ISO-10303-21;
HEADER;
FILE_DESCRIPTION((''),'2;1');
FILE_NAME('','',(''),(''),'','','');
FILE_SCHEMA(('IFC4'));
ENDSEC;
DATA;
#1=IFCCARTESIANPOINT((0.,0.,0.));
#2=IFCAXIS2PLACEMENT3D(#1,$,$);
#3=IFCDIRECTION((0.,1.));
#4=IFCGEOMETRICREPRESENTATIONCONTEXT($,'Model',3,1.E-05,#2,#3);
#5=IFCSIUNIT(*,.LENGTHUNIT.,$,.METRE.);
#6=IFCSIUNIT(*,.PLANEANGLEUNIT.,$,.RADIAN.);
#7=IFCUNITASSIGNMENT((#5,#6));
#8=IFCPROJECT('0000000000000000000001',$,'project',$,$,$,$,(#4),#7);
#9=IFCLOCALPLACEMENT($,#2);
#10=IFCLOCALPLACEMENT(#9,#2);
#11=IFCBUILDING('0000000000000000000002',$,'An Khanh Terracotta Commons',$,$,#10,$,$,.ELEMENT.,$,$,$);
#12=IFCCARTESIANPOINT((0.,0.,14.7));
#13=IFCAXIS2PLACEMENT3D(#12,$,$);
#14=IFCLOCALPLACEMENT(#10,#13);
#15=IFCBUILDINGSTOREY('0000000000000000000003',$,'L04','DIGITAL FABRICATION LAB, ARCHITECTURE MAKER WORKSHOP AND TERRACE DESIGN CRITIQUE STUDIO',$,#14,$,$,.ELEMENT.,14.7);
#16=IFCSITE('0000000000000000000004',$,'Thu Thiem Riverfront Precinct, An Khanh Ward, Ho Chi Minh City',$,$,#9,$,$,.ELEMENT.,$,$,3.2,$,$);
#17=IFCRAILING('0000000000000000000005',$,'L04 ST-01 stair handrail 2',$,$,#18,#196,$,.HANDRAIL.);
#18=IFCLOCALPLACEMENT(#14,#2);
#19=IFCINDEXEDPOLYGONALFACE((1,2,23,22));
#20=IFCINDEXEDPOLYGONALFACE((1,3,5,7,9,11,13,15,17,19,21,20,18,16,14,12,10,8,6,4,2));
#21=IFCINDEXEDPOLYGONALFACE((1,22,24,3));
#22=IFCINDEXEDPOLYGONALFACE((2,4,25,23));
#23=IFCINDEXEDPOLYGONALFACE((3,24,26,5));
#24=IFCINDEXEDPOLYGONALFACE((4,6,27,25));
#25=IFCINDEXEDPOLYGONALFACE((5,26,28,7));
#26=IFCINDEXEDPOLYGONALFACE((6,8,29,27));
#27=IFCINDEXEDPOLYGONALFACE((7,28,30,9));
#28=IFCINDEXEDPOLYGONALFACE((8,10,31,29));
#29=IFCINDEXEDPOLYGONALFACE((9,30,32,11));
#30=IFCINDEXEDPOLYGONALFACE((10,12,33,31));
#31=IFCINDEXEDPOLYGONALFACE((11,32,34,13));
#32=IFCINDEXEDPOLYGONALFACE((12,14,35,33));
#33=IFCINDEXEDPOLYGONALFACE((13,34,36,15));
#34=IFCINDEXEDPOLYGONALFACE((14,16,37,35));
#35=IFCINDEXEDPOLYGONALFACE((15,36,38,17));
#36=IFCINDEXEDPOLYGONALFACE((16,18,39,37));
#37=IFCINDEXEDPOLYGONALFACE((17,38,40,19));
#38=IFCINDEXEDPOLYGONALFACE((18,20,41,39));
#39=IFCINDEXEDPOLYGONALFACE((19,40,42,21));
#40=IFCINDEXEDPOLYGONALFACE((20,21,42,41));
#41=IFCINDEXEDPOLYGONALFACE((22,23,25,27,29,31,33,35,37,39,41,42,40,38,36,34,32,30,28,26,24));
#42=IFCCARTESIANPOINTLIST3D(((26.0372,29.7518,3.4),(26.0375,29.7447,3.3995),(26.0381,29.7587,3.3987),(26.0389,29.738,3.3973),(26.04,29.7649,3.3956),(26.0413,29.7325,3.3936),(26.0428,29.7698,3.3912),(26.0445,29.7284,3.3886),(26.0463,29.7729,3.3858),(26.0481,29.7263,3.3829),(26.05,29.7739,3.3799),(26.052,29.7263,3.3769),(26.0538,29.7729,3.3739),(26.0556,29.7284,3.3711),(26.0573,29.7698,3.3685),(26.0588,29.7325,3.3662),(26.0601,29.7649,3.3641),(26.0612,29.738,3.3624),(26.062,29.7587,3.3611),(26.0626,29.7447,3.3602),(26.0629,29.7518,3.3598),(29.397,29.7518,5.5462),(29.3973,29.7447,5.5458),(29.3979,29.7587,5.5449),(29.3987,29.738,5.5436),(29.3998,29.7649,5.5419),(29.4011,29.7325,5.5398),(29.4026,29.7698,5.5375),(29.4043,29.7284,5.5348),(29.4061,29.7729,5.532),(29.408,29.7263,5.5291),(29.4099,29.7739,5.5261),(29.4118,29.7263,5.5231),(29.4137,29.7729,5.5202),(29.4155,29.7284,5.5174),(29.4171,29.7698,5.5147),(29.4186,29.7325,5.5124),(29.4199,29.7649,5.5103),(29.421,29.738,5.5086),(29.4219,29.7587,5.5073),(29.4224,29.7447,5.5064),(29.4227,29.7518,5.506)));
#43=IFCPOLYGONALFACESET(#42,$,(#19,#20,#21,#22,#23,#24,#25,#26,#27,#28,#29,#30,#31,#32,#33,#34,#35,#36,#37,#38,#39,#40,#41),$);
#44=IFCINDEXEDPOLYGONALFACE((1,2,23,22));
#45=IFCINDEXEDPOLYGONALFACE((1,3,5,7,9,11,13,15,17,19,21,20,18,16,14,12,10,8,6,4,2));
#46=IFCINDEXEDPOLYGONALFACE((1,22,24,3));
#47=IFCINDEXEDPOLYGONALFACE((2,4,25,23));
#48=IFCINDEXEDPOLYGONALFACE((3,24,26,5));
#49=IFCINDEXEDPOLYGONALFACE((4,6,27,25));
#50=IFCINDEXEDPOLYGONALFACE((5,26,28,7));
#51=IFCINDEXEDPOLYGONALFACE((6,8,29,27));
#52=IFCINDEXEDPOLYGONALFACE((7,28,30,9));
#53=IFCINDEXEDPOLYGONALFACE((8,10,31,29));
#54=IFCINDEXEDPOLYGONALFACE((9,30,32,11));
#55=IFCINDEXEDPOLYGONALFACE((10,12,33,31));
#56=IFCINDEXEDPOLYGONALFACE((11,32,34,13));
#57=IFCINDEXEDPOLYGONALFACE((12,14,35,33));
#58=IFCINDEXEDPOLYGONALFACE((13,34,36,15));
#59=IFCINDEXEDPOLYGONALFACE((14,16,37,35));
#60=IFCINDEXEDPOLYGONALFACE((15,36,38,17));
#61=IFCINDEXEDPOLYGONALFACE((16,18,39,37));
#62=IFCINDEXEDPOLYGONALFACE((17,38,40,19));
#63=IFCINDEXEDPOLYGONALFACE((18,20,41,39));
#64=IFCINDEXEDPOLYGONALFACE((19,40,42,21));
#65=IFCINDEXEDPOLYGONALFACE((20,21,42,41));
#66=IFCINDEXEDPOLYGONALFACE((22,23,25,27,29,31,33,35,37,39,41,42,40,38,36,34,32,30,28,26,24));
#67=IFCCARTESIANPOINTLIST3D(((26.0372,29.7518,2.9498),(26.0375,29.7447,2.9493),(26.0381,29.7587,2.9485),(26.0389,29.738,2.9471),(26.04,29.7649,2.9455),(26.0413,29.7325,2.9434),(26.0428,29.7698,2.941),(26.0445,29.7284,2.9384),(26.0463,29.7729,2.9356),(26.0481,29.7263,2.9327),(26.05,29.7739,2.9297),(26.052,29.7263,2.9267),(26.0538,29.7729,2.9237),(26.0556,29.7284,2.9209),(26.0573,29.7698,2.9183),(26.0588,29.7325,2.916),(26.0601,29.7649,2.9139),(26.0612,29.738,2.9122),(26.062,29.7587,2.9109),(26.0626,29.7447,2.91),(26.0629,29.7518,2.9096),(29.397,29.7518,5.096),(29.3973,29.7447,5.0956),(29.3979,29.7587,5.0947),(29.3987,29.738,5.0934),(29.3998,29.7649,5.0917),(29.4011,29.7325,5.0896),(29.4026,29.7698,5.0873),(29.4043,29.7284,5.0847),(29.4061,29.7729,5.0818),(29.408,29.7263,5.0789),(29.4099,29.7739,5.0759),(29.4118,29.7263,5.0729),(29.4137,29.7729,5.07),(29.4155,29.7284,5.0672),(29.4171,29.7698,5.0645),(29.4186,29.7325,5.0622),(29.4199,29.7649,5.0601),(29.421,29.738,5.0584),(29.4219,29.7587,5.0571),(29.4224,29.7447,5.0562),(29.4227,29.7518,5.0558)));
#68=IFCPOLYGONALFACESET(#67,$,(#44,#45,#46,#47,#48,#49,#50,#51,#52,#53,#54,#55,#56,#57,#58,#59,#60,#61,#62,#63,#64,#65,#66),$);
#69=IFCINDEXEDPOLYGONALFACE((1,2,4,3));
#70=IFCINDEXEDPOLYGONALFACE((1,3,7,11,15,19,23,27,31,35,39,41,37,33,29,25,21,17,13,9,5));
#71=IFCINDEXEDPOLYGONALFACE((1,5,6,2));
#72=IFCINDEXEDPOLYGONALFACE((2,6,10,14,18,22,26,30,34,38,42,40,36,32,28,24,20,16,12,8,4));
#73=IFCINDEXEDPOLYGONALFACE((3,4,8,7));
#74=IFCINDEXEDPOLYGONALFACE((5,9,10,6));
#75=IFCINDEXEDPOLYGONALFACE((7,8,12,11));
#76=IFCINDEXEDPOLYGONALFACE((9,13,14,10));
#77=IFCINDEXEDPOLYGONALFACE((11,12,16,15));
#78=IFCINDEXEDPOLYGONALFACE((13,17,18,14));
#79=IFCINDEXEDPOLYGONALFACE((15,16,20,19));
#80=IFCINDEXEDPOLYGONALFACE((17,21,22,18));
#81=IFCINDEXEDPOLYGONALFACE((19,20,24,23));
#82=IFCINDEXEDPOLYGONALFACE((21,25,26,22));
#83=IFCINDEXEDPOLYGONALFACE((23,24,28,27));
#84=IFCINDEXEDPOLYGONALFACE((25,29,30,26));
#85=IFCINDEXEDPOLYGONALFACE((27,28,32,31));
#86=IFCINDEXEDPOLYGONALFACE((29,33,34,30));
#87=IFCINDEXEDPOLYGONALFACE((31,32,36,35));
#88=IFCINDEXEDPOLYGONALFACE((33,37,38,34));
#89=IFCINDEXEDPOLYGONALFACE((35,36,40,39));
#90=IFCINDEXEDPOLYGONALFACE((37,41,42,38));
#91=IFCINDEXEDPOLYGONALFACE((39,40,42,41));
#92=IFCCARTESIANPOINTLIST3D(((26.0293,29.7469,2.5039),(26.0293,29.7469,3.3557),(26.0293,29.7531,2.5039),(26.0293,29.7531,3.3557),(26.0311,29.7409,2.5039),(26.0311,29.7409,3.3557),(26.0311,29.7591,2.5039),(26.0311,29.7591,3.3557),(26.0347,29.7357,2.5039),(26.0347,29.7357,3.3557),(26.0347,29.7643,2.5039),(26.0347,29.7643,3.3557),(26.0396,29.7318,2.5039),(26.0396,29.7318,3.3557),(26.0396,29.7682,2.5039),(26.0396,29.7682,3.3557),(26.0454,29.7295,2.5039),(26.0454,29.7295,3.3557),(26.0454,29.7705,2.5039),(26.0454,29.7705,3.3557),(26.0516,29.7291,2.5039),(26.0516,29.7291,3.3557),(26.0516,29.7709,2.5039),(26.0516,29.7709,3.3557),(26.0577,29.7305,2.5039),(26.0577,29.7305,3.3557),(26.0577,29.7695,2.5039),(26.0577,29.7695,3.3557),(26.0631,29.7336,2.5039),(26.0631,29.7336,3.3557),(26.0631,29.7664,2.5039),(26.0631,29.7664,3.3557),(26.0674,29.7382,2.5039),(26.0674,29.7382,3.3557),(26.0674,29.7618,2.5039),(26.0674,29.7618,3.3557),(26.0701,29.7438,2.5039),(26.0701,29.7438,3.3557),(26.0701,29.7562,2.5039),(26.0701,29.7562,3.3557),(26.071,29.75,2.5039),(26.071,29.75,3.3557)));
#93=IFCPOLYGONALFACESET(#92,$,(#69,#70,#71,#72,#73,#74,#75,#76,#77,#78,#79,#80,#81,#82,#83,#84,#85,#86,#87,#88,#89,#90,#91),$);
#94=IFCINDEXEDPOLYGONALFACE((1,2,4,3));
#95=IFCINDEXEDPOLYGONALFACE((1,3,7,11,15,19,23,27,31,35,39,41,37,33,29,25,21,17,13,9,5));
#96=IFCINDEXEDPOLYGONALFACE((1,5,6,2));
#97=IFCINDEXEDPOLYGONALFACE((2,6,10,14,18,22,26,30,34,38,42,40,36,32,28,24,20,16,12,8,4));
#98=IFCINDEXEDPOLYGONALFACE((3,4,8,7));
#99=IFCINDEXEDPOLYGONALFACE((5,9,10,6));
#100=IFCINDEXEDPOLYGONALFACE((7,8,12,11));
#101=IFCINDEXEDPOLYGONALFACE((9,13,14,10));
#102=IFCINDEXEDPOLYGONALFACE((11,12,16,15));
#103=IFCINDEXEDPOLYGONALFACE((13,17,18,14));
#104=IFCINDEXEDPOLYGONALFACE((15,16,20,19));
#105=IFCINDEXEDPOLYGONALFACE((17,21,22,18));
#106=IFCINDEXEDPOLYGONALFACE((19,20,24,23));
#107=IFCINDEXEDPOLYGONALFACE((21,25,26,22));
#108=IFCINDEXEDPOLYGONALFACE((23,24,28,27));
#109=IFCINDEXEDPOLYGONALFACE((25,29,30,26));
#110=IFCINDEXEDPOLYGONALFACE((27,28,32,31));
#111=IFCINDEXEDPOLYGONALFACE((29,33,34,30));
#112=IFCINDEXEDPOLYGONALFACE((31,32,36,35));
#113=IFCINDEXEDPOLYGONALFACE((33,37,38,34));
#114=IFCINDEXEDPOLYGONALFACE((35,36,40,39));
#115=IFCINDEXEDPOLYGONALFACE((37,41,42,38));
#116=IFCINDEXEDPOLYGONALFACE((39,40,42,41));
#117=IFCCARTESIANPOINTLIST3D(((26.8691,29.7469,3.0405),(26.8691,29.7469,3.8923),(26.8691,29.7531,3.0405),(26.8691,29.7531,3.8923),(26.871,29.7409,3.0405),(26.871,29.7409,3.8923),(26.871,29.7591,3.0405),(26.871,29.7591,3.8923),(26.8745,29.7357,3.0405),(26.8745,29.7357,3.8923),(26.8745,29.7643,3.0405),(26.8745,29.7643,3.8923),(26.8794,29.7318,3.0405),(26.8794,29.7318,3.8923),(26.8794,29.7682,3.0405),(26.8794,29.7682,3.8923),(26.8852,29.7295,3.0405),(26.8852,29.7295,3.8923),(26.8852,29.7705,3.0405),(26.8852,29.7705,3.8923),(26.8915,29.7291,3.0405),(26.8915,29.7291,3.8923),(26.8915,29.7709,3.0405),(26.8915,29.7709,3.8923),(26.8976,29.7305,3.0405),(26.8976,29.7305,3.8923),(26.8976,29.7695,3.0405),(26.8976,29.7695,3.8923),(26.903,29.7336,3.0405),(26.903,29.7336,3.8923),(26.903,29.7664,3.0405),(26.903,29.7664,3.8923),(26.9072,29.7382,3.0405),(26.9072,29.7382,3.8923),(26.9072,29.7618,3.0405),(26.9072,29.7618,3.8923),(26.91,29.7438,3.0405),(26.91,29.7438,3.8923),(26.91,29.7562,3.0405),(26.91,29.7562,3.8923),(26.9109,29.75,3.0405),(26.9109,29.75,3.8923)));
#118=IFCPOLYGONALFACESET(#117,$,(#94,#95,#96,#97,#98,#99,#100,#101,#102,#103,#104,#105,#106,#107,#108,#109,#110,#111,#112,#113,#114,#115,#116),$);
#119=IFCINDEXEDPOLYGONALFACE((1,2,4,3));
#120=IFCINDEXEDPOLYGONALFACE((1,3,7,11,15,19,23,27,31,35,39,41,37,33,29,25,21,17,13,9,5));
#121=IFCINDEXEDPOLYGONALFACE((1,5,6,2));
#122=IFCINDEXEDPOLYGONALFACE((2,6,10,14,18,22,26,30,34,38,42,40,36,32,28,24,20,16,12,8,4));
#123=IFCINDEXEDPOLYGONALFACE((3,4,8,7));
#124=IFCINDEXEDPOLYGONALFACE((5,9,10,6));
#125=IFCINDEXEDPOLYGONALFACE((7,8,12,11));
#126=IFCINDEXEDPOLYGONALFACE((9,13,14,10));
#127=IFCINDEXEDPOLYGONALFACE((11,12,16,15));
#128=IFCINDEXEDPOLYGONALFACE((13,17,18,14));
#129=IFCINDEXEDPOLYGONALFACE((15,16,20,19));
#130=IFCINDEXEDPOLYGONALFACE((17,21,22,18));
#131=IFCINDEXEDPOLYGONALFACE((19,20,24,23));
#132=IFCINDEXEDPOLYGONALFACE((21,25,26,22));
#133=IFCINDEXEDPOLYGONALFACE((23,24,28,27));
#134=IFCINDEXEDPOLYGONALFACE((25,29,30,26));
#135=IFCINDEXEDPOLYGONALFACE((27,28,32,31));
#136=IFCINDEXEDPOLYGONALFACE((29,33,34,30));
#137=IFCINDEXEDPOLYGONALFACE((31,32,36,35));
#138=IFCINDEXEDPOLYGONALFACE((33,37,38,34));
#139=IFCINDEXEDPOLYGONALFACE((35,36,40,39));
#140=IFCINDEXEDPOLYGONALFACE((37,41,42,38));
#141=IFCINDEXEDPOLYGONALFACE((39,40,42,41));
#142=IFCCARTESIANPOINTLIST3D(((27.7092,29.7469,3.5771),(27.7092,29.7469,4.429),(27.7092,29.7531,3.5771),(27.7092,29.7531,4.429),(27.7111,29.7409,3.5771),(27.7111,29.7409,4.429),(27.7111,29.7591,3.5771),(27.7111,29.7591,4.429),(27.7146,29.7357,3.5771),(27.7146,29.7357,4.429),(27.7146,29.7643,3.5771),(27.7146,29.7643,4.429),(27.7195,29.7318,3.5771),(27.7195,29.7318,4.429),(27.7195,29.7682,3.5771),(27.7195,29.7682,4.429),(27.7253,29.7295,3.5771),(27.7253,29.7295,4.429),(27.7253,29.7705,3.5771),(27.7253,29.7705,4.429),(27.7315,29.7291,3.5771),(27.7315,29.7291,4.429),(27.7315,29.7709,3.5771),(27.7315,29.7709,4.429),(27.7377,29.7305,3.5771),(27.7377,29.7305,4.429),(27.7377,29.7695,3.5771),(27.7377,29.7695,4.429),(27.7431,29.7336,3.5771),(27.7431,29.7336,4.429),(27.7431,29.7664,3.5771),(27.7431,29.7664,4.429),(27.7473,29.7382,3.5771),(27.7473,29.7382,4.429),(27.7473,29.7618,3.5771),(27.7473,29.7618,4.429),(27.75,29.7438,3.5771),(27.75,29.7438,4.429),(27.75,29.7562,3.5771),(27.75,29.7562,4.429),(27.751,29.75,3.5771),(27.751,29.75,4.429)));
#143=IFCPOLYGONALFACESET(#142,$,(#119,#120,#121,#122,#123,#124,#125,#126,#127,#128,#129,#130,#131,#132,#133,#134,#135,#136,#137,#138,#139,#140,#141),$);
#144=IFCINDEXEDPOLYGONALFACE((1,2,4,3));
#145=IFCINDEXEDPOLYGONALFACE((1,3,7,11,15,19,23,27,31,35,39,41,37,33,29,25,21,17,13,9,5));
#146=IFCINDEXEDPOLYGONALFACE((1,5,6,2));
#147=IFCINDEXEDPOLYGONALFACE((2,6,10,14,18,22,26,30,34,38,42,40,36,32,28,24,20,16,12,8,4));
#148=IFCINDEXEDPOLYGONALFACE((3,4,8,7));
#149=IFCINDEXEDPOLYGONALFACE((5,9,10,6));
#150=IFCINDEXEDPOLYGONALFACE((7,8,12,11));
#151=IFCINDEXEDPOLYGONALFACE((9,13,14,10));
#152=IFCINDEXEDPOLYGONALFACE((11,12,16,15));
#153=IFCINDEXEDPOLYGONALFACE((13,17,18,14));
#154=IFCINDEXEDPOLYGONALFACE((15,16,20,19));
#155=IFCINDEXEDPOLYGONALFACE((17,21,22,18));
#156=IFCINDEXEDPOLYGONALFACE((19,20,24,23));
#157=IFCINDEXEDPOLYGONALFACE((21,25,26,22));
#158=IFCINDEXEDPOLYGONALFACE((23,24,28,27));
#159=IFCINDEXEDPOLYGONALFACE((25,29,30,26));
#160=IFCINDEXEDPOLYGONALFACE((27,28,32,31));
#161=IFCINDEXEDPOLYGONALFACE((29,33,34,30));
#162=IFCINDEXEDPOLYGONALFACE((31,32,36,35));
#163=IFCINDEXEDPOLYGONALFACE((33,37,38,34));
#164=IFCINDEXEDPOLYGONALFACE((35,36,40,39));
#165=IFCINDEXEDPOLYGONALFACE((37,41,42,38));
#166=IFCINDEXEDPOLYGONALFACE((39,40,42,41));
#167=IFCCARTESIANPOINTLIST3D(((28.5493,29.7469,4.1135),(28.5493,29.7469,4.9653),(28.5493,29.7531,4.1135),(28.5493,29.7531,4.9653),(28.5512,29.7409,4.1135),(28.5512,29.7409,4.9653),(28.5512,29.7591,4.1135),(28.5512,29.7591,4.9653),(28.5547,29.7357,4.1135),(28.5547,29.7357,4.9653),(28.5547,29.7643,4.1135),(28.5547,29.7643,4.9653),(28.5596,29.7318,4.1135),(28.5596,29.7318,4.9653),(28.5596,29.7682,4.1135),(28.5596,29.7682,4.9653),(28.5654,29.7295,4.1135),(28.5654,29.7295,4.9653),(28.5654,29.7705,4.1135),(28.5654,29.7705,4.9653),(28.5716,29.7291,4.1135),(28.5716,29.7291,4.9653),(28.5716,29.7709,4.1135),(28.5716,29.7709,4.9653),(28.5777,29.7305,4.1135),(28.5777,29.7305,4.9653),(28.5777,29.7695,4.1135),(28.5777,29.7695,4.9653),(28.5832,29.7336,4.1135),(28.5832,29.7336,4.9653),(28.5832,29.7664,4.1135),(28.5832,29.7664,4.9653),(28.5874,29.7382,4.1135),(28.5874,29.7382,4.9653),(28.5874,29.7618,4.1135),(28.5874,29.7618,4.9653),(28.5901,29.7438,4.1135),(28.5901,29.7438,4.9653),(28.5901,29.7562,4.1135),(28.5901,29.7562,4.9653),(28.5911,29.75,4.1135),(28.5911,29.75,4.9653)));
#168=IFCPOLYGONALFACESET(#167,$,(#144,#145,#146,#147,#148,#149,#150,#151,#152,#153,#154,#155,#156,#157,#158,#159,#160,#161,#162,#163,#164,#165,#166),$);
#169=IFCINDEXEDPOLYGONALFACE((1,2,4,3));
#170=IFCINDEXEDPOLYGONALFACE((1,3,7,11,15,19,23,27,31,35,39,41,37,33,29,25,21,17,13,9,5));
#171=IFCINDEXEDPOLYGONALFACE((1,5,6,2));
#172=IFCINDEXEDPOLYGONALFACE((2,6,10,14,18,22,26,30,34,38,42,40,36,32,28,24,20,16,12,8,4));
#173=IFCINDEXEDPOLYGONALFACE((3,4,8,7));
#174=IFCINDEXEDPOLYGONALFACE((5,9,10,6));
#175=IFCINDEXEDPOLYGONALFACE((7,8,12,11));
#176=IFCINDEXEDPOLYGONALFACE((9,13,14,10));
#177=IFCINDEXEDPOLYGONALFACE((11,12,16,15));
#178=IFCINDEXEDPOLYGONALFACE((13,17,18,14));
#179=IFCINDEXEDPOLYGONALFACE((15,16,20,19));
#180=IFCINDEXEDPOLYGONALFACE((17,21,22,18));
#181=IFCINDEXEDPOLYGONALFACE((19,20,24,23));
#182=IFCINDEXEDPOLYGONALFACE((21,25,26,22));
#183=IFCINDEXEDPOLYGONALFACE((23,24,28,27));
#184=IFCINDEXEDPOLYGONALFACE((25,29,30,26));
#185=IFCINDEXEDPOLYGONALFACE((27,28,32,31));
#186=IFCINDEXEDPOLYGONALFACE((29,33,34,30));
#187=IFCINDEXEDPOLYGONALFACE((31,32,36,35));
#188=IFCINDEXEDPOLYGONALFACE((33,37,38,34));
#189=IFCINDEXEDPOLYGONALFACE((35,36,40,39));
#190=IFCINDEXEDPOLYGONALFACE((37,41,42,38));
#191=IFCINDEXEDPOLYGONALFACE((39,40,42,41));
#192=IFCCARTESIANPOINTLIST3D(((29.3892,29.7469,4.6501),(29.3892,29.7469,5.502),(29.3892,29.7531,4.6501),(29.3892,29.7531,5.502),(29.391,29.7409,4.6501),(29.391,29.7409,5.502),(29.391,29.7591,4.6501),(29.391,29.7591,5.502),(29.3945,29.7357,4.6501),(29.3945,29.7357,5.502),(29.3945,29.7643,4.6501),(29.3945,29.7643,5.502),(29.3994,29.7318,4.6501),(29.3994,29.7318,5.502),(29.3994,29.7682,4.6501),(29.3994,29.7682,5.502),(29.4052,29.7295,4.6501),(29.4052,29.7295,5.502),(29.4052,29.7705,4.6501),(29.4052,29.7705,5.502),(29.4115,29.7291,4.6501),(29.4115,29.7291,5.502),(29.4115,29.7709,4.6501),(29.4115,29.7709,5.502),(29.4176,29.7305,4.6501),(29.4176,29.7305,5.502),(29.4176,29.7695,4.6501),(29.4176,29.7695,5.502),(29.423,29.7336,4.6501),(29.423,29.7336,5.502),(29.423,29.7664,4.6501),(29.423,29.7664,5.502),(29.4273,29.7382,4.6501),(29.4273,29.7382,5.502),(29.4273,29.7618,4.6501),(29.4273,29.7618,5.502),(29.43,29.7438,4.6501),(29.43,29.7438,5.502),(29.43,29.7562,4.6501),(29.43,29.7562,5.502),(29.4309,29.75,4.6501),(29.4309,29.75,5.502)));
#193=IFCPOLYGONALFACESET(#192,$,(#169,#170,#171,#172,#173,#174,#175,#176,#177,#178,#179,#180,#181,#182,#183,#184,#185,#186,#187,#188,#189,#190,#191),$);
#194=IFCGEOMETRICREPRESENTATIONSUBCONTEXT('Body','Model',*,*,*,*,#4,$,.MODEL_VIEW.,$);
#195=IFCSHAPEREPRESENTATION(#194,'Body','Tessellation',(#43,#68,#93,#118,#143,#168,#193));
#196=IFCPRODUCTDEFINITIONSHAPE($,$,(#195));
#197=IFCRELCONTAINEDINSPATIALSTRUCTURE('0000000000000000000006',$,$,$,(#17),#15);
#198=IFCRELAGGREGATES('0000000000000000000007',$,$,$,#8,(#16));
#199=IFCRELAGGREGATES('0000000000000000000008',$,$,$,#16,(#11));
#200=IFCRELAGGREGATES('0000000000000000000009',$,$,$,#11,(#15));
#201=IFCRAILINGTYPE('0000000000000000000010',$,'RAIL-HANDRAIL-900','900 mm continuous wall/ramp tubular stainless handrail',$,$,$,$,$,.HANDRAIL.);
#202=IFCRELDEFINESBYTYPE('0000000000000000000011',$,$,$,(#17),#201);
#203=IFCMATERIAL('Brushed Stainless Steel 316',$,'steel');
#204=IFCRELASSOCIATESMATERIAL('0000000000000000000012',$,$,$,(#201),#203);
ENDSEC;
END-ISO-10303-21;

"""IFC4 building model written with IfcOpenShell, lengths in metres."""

from ifc_helpers import new_model, si_unit, direction, frame, origin, origin_2d, place, context, subcontext, project, spatial, circle, extrude, material, type_object, element, save


model = new_model("IFC4")

# Units and contexts
model_context = context("Model", 3, precision=1e-05, world=origin(), true_north=direction((0.0, 1.0)))
body_context = subcontext(model_context, "Body", "Model", "MODEL_VIEW")
ifc_project = project(units=[si_unit("LENGTHUNIT", "METRE"), si_unit("PLANEANGLEUNIT", "RADIAN")], contexts=[model_context])

# Site, building, storey
site_placement = place(None, origin())
site = spatial("IfcSite", under=ifc_project, at=site_placement, Name="Thu Thiem Riverfront Precinct, An Khanh Ward, Ho Chi Minh City", CompositionType="ELEMENT", RefElevation=3.2)
building_placement = place(site_placement, origin())
building = spatial("IfcBuilding", under=site, at=building_placement, Name="An Khanh Terracotta Commons", CompositionType="ELEMENT")
storey_placement = place(building_placement, frame((0.0, 0.0, 14.7)))
storey = spatial("IfcBuildingStorey", under=building, at=storey_placement, Name="L04", Description="DIGITAL FABRICATION LAB, ARCHITECTURE MAKER WORKSHOP AND TERRACE DESIGN CRITIQUE STUDIO", CompositionType="ELEMENT", Elevation=14.7)

# Railing
ifc_material_1 = material(Name="Brushed Stainless Steel 316", Category="steel")
railing_type_1 = type_object("IfcRailingType", Name="RAIL-HANDRAIL-900", Description="900 mm continuous wall/ramp tubular stainless handrail", PredefinedType="HANDRAIL", material=ifc_material_1)
railing_1_placement = place(storey_placement, frame((26.05, 29.75, 2.5039)))
element("IfcRailing", 1, at=railing_1_placement, inside=storey, type_object=railing_type_1, Name="L04 ST-01 stair handrail 2", PredefinedType="HANDRAIL", context=body_context, shape_type="SweptSolid", body=[
    extrude(circle(Radius=0.0239, at=origin_2d()), frame((0.0, 0.0, 0.876), z_axis=(0.842735, 0.0, 0.538329), x_axis=(0.0, 1.0, 0.0)), (0.0, 0.0, 1.0), 3.9868),
    extrude(circle(Radius=0.0239, at=origin_2d()), frame((0.0, 0.0, 0.4258), z_axis=(0.842735, 0.0, 0.538329), x_axis=(0.0, 1.0, 0.0)), (0.0, 0.0, 1.0), 3.9868),
    extrude(circle(Radius=0.021, at=origin_2d()), origin(), (0.0, 0.0, 1.0), 0.8518),
    extrude(circle(Radius=0.021, at=origin_2d()), frame((0.8398, 0.0, 0.5366)), (0.0, 0.0, 1.0), 0.8518),
    extrude(circle(Radius=0.021, at=origin_2d()), frame((1.6799, 0.0, 1.0732)), (0.0, 0.0, 1.0), 0.8518),
    extrude(circle(Radius=0.021, at=origin_2d()), frame((2.52, 0.0, 1.6096)), (0.0, 0.0, 1.0), 0.8518),
    extrude(circle(Radius=0.021, at=origin_2d()), frame((3.3599, 0.0, 2.1462)), (0.0, 0.0, 1.0), 0.8518),
])

save(model, "model.ifc")
